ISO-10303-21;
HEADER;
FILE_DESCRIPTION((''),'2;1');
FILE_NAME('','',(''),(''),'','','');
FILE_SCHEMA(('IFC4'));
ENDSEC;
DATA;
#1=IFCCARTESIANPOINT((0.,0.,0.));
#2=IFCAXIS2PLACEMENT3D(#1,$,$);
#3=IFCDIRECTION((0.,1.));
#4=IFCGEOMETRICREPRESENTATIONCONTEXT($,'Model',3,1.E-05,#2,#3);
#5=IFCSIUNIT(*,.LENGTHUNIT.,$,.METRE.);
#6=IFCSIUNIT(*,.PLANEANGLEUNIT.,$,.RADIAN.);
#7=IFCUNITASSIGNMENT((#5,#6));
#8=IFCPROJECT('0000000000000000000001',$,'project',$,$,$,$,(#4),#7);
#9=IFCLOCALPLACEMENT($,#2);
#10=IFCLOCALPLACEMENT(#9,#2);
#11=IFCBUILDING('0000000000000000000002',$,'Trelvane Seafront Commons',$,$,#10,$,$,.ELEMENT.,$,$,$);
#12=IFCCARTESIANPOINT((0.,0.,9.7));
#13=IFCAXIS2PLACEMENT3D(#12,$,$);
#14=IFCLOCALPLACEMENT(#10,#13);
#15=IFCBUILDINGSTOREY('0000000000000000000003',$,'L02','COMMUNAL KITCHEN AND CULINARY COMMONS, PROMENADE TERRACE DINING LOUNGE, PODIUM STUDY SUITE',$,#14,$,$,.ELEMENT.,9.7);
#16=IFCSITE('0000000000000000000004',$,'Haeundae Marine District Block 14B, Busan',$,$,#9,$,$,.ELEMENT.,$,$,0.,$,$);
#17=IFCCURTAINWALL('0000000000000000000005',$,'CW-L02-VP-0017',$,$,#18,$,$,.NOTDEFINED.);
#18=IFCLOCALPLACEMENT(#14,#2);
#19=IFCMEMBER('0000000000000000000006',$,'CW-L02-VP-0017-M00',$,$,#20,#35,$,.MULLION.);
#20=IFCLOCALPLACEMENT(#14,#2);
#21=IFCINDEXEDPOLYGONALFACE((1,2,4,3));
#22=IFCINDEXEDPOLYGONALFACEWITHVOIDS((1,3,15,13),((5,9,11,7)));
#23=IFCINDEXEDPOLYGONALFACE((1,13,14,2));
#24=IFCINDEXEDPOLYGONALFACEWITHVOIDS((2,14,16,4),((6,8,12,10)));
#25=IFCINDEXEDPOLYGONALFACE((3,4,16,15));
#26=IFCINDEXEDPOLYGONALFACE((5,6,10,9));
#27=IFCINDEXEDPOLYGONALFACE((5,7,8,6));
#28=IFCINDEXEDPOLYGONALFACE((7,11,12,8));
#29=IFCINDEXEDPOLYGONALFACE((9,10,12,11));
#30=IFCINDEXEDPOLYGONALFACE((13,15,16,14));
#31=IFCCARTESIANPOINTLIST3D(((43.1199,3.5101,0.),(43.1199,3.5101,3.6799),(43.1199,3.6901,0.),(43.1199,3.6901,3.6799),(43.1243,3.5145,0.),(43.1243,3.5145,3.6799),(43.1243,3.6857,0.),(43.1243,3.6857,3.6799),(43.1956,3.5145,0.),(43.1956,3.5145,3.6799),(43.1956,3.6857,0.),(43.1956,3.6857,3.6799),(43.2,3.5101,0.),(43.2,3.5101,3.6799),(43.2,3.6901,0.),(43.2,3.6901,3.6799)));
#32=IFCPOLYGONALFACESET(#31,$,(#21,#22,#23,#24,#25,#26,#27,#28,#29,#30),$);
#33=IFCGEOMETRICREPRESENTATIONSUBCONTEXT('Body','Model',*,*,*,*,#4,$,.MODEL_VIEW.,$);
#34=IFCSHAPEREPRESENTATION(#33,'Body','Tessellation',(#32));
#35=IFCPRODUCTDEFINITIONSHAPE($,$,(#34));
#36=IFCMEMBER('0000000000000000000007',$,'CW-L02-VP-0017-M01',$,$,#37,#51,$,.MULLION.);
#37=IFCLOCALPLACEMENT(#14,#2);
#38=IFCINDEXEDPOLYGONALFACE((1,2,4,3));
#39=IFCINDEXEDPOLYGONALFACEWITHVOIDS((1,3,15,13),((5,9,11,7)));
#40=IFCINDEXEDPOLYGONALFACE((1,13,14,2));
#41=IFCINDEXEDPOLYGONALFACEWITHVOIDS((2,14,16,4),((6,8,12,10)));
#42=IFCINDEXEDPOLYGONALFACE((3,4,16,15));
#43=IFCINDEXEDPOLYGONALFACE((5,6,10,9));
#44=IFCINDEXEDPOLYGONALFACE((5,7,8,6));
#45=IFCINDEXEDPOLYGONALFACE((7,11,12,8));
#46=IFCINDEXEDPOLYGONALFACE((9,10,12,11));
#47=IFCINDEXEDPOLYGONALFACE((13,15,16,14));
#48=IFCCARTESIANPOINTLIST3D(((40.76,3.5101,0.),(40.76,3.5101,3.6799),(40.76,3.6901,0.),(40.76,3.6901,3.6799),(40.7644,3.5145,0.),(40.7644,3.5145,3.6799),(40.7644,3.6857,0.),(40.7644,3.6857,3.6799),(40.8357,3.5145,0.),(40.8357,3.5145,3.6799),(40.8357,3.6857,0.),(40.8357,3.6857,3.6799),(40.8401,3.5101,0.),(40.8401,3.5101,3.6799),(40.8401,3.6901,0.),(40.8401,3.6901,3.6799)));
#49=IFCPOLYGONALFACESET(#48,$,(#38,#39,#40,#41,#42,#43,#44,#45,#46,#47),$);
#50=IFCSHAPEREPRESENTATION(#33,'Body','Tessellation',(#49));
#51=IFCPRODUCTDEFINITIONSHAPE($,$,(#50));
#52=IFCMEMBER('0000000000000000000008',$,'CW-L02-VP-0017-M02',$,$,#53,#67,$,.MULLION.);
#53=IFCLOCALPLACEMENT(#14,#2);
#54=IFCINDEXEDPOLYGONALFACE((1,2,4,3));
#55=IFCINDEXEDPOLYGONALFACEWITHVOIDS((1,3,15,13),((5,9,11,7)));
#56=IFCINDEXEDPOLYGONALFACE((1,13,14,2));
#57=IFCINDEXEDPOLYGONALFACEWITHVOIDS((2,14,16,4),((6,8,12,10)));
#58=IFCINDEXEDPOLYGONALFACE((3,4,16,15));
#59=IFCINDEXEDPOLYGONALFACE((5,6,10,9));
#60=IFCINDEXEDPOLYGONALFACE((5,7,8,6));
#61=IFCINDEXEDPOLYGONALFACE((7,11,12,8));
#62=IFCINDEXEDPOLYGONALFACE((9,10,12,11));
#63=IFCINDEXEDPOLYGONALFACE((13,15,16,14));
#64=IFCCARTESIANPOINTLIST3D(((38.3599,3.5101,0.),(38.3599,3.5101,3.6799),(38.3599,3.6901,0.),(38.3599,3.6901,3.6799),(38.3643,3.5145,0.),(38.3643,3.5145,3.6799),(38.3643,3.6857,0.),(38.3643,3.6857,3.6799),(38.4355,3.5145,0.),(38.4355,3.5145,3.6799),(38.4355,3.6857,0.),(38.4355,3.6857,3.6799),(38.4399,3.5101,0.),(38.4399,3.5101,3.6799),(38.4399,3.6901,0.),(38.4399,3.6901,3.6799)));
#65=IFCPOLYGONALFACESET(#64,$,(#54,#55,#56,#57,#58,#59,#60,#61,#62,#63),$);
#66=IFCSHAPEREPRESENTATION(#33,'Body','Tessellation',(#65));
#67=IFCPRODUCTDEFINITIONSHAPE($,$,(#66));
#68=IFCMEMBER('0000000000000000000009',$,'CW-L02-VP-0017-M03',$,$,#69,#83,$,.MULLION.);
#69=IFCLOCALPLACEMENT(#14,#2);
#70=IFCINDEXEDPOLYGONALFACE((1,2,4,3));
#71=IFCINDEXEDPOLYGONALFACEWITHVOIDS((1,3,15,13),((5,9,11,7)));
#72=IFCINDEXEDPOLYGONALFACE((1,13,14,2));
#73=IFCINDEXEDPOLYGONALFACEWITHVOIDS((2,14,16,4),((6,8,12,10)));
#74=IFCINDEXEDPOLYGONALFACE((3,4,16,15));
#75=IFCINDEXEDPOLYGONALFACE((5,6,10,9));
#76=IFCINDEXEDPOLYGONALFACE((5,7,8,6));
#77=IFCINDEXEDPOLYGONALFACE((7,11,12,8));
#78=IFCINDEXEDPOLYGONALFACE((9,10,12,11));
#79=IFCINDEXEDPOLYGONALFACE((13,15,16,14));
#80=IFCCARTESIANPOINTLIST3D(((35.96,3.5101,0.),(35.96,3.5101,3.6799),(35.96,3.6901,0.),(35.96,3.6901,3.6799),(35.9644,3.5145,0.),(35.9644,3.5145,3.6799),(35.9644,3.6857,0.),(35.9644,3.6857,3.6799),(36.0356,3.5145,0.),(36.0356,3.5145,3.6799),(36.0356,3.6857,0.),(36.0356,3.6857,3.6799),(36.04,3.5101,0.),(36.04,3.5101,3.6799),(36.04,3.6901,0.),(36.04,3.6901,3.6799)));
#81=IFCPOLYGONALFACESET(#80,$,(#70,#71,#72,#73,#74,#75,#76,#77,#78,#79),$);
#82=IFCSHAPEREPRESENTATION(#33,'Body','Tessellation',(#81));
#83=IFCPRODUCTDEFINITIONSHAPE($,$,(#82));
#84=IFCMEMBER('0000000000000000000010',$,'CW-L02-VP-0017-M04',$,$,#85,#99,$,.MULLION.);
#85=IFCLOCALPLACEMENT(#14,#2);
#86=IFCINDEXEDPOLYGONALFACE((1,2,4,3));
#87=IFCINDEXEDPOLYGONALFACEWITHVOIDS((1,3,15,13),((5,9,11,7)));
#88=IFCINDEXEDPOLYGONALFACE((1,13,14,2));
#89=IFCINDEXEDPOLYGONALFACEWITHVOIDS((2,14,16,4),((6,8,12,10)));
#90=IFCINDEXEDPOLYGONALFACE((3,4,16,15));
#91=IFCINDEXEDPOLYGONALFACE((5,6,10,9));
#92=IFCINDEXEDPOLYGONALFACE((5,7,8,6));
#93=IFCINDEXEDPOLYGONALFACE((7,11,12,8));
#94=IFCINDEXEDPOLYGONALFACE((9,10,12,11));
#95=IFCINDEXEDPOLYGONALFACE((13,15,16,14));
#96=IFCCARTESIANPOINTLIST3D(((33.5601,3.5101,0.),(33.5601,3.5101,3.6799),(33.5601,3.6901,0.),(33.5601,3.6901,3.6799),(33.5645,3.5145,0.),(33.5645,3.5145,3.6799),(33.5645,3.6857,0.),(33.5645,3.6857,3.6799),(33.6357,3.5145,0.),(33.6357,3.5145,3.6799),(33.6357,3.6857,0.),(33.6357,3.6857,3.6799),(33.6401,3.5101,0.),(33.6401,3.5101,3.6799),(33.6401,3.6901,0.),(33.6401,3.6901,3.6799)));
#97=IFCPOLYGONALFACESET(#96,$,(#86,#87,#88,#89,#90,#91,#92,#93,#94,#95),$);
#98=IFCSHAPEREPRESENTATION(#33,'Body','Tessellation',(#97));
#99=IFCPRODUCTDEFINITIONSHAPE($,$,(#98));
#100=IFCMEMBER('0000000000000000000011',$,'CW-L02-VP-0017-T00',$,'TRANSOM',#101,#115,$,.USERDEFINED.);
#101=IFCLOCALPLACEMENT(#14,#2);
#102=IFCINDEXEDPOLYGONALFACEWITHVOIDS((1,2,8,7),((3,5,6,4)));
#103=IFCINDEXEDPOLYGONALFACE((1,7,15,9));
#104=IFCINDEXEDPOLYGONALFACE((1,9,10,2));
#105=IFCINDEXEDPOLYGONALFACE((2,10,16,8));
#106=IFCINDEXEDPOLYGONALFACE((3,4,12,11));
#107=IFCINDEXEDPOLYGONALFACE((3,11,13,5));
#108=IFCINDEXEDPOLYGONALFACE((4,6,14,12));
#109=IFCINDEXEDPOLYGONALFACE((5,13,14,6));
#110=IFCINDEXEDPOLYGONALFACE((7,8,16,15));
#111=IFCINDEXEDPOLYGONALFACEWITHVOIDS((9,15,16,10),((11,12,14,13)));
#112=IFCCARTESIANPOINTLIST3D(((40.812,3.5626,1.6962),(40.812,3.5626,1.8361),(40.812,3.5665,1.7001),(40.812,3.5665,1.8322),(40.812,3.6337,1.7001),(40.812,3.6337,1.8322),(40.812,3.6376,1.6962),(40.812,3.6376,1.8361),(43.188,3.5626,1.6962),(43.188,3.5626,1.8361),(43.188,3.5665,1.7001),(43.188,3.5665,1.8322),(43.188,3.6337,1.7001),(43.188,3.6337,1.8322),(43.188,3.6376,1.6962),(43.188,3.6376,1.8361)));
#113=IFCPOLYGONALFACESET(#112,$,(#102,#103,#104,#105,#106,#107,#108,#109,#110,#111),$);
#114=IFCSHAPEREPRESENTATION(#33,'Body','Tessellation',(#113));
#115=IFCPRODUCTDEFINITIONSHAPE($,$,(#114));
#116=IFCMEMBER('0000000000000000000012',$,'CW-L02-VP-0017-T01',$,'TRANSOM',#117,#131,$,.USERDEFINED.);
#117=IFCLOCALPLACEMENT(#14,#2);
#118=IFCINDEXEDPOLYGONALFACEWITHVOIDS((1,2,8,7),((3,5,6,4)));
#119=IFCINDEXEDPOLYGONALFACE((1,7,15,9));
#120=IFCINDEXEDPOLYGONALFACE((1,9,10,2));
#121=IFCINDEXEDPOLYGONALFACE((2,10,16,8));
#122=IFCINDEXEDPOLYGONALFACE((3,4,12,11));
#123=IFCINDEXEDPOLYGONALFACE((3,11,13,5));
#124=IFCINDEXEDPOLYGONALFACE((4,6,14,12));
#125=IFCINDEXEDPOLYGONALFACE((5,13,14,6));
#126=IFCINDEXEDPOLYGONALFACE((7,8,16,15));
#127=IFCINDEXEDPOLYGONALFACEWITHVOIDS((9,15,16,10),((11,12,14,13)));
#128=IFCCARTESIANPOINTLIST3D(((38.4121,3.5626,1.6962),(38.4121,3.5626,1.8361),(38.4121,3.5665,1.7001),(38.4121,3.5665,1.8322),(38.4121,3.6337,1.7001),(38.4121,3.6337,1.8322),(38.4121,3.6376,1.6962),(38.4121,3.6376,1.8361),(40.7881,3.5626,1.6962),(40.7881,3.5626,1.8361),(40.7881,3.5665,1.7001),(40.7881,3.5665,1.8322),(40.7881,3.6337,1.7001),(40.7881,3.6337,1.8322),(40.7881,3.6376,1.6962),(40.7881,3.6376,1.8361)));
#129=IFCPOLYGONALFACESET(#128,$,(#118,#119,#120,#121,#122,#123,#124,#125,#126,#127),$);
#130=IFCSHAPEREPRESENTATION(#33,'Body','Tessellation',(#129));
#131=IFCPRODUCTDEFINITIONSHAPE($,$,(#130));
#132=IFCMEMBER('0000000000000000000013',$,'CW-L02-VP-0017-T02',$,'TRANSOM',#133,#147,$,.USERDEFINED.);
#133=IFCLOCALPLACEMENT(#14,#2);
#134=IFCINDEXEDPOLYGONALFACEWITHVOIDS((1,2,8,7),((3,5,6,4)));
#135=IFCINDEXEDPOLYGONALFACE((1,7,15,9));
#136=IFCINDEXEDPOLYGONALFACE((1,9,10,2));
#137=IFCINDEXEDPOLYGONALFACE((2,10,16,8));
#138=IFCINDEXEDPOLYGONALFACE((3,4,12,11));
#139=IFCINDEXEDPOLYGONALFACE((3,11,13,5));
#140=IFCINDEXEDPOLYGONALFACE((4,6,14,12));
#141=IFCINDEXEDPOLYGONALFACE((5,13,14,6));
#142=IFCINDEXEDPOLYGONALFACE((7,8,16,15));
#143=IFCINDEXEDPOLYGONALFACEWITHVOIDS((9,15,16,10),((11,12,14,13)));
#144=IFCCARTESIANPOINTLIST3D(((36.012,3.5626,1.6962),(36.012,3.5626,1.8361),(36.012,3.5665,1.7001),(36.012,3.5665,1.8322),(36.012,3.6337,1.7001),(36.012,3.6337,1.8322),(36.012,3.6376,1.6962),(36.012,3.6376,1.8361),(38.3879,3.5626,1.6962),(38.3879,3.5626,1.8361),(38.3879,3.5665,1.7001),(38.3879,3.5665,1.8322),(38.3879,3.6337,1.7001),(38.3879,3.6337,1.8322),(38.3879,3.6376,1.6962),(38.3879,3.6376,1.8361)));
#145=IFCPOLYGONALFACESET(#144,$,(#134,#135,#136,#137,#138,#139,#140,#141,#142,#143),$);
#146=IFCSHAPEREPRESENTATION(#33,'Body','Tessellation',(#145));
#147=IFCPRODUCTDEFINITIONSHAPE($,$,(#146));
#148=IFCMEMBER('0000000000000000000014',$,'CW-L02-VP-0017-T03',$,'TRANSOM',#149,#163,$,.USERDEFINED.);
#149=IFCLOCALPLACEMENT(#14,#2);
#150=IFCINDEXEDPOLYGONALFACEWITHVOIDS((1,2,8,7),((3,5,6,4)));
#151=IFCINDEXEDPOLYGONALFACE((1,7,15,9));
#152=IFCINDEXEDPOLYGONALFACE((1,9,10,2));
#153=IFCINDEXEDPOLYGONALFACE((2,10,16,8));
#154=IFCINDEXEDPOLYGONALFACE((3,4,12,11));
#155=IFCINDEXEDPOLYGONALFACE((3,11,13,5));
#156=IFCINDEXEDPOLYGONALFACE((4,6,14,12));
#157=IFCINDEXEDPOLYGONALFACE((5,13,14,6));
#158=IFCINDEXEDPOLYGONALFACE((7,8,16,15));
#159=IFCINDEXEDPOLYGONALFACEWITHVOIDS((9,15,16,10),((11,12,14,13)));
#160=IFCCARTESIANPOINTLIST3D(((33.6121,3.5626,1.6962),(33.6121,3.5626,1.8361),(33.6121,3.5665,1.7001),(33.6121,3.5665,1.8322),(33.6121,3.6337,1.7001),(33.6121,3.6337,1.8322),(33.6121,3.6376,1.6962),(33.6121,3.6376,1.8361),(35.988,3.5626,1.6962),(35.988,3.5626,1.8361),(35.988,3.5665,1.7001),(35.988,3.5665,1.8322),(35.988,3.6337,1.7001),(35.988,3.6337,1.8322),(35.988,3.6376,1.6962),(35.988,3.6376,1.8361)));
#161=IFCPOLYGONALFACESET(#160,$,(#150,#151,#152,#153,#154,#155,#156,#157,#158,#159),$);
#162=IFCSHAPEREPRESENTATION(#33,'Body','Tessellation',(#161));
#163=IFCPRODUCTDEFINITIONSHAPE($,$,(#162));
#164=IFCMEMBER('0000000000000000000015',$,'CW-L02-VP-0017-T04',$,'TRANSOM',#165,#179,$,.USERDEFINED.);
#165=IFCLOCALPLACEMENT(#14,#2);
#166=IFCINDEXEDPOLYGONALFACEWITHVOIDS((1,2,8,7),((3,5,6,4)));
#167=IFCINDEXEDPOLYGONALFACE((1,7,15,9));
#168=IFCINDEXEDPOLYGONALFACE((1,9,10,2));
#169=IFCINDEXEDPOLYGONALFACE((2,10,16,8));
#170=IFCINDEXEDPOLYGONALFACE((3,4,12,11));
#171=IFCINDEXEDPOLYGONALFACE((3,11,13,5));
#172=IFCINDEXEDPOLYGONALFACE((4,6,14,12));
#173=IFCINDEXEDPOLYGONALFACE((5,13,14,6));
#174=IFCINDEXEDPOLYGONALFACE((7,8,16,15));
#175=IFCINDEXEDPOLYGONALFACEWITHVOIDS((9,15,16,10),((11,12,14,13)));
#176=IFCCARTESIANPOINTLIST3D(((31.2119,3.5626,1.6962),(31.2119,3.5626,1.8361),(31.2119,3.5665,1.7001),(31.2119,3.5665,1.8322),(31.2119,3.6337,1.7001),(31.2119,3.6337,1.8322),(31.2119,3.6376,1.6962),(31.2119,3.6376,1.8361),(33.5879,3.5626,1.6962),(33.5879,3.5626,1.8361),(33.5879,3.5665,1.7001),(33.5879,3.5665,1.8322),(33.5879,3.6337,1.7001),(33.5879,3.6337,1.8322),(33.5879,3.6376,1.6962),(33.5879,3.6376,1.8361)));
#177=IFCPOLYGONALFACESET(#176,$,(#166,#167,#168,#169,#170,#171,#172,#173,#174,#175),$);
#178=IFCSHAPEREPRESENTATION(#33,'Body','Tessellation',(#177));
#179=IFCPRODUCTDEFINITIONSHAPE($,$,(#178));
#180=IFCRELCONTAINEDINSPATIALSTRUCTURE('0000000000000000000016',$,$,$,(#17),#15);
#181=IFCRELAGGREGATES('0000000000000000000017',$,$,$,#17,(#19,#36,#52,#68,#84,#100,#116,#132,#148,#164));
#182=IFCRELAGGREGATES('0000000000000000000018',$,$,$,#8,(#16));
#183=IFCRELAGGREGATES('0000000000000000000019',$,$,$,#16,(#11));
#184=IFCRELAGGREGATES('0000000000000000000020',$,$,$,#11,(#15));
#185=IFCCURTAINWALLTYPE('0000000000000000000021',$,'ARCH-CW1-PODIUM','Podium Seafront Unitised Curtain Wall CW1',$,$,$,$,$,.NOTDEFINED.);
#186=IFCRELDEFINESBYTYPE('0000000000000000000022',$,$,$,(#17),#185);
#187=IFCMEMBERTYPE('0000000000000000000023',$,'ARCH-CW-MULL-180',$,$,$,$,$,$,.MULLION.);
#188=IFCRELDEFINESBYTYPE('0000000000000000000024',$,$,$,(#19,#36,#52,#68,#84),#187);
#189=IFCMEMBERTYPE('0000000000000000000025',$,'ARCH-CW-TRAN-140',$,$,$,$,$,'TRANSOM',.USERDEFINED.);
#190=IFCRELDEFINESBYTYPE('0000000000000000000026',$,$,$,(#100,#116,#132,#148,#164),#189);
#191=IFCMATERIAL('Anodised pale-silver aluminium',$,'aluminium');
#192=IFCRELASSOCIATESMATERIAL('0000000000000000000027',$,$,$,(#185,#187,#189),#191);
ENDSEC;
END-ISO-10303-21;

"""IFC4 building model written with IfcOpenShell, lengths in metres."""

from ifc_helpers import new_model, si_unit, direction, frame, origin, origin_2d, place, context, subcontext, project, spatial, hollow_rectangle, extrude, source, transform, mapped, material, material_profile, profile_set, type_object, element, aggregate, save


model = new_model("IFC4")

# Units and contexts
model_context = context("Model", 3, precision=1e-05, world=origin(), true_north=direction((0.0, 1.0)))
body_context = subcontext(model_context, "Body", "Model", "MODEL_VIEW")
ifc_project = project(units=[si_unit("LENGTHUNIT", "METRE"), si_unit("PLANEANGLEUNIT", "RADIAN")], contexts=[model_context])

# Site, building, storey
site_placement = place(None, origin())
site = spatial("IfcSite", under=ifc_project, at=site_placement, Name="Haeundae Marine District Block 14B, Busan", CompositionType="ELEMENT", RefElevation=0.0)
building_placement = place(site_placement, origin())
building = spatial("IfcBuilding", under=site, at=building_placement, Name="Trelvane Seafront Commons", CompositionType="ELEMENT")
storey_placement = place(building_placement, frame((0.0, 0.0, 9.7)))
storey = spatial("IfcBuildingStorey", under=building, at=storey_placement, Name="L02", Description="COMMUNAL KITCHEN AND CULINARY COMMONS, PROMENADE TERRACE DINING LOUNGE, PODIUM STUDY SUITE", CompositionType="ELEMENT", Elevation=9.7)

# Curtain wall, members
ifc_material_1 = material(Name="Anodised pale-silver aluminium", Category="aluminium")
curtain_wall_type = type_object("IfcCurtainWallType", Name="ARCH-CW1-PODIUM", Description="Podium Seafront Unitised Curtain Wall CW1", PredefinedType="NOTDEFINED", material=ifc_material_1)
curtain_wall_placement = place(storey_placement, origin())
curtain_wall = element("IfcCurtainWall", 1, at=curtain_wall_placement, inside=storey, type_object=curtain_wall_type, Name="CW-L02-VP-0017", PredefinedType="NOTDEFINED")
ifc_material_profile_1 = material_profile(ifc_material_1, hollow_rectangle(XDim=0.0801, YDim=0.1799, WallThickness=0.0044, at=origin_2d()), Name="MULL-80x180x4.5")
ifc_profile_set_1 = profile_set([ifc_material_profile_1], Name="Anodised pale-silver aluminium")
member_type_1 = type_object("IfcMemberType", Name="ARCH-CW-MULL-180", PredefinedType="MULLION", material=ifc_profile_set_1)
shared_shape_1 = source(origin(), body_context, "Body", "SweptSolid", [
    extrude(hollow_rectangle(XDim=0.0801, YDim=0.1799, WallThickness=0.0044, at=origin_2d()), origin(), (0.0, 0.0, 1.0), 3.6799),
])
member_1_placement = place(storey_placement, frame((43.1599, 3.6001, 0.0), z_axis=(0.0, 0.0, 1.0), x_axis=(1.0, 0.0, 0.0)))
member_1 = element("IfcMember", 2, at=member_1_placement, type_object=member_type_1, Name="CW-L02-VP-0017-M00", PredefinedType="MULLION", context=body_context, shape_type="MappedRepresentation", body=[
    mapped(shared_shape_1, transform((0.0, 0.0, 0.0), x_axis=(1.0, 0.0, 0.0), y_axis=(0.0, 1.0, 0.0), z_axis=(0.0, 0.0, 1.0), scale=1.0)),
])
member_2_placement = place(storey_placement, frame((40.8, 3.6001, 0.0), z_axis=(0.0, 0.0, 1.0), x_axis=(1.0, 0.0, 0.0)))
member_2 = element("IfcMember", 3, at=member_2_placement, type_object=member_type_1, Name="CW-L02-VP-0017-M01", PredefinedType="MULLION", context=body_context, shape_type="MappedRepresentation", body=[
    mapped(shared_shape_1, transform((0.0, 0.0, 0.0), x_axis=(1.0, 0.0, 0.0), y_axis=(0.0, 1.0, 0.0), z_axis=(0.0, 0.0, 1.0), scale=1.0)),
])
member_3_placement = place(storey_placement, frame((38.3999, 3.6001, 0.0), z_axis=(0.0, 0.0, 1.0), x_axis=(1.0, 0.0, 0.0)))
member_3 = element("IfcMember", 4, at=member_3_placement, type_object=member_type_1, Name="CW-L02-VP-0017-M02", PredefinedType="MULLION", context=body_context, shape_type="MappedRepresentation", body=[
    mapped(shared_shape_1, transform((0.0, 0.0, 0.0), x_axis=(1.0, 0.0, 0.0), y_axis=(0.0, 1.0, 0.0), z_axis=(0.0, 0.0, 1.0), scale=1.0)),
])
member_4_placement = place(storey_placement, frame((36.0, 3.6001, 0.0), z_axis=(0.0, 0.0, 1.0), x_axis=(1.0, 0.0, 0.0)))
member_4 = element("IfcMember", 5, at=member_4_placement, type_object=member_type_1, Name="CW-L02-VP-0017-M03", PredefinedType="MULLION", context=body_context, shape_type="MappedRepresentation", body=[
    mapped(shared_shape_1, transform((0.0, 0.0, 0.0), x_axis=(1.0, 0.0, 0.0), y_axis=(0.0, 1.0, 0.0), z_axis=(0.0, 0.0, 1.0), scale=1.0)),
])
member_5_placement = place(storey_placement, frame((33.6001, 3.6001, 0.0), z_axis=(0.0, 0.0, 1.0), x_axis=(1.0, 0.0, 0.0)))
member_5 = element("IfcMember", 6, at=member_5_placement, type_object=member_type_1, Name="CW-L02-VP-0017-M04", PredefinedType="MULLION", context=body_context, shape_type="MappedRepresentation", body=[
    mapped(shared_shape_1, transform((0.0, 0.0, 0.0), x_axis=(1.0, 0.0, 0.0), y_axis=(0.0, 1.0, 0.0), z_axis=(0.0, 0.0, 1.0), scale=1.0)),
])
ifc_material_profile_2 = material_profile(ifc_material_1, hollow_rectangle(XDim=0.075, YDim=0.1399, WallThickness=0.0039, at=origin_2d()), Name="TRAN-75x140x4")
ifc_profile_set_2 = profile_set([ifc_material_profile_2], Name="Anodised pale-silver aluminium")
member_type_2 = type_object("IfcMemberType", Name="ARCH-CW-TRAN-140", ElementType="TRANSOM", PredefinedType="USERDEFINED", material=ifc_profile_set_2)
shared_shape_2 = source(origin(), body_context, "Body", "SweptSolid", [
    extrude(hollow_rectangle(XDim=0.075, YDim=0.1399, WallThickness=0.0039, at=origin_2d()), origin(), (0.0, 0.0, 1.0), 2.376),
])
member_6_placement = place(storey_placement, frame((43.188, 3.6001, 1.7661), z_axis=(-1.0, 0.0, 0.0), x_axis=(0.0, -1.0, 0.0)))
member_6 = element("IfcMember", 7, at=member_6_placement, type_object=member_type_2, Name="CW-L02-VP-0017-T00", ObjectType="TRANSOM", PredefinedType="USERDEFINED", context=body_context, shape_type="MappedRepresentation", body=[
    mapped(shared_shape_2, transform((0.0, 0.0, 0.0), x_axis=(1.0, 0.0, 0.0), y_axis=(0.0, 1.0, 0.0), z_axis=(0.0, 0.0, 1.0), scale=1.0)),
])
member_7_placement = place(storey_placement, frame((40.7881, 3.6001, 1.7661), z_axis=(-1.0, 0.0, 0.0), x_axis=(0.0, -1.0, 0.0)))
member_7 = element("IfcMember", 8, at=member_7_placement, type_object=member_type_2, Name="CW-L02-VP-0017-T01", ObjectType="TRANSOM", PredefinedType="USERDEFINED", context=body_context, shape_type="MappedRepresentation", body=[
    mapped(shared_shape_2, transform((0.0, 0.0, 0.0), x_axis=(1.0, 0.0, 0.0), y_axis=(0.0, 1.0, 0.0), z_axis=(0.0, 0.0, 1.0), scale=1.0)),
])
member_8_placement = place(storey_placement, frame((38.3879, 3.6001, 1.7661), z_axis=(-1.0, 0.0, 0.0), x_axis=(0.0, -1.0, 0.0)))
member_8 = element("IfcMember", 9, at=member_8_placement, type_object=member_type_2, Name="CW-L02-VP-0017-T02", ObjectType="TRANSOM", PredefinedType="USERDEFINED", context=body_context, shape_type="MappedRepresentation", body=[
    mapped(shared_shape_2, transform((0.0, 0.0, 0.0), x_axis=(1.0, 0.0, 0.0), y_axis=(0.0, 1.0, 0.0), z_axis=(0.0, 0.0, 1.0), scale=1.0)),
])
member_9_placement = place(storey_placement, frame((35.988, 3.6001, 1.7661), z_axis=(-1.0, 0.0, 0.0), x_axis=(0.0, -1.0, 0.0)))
member_9 = element("IfcMember", 10, at=member_9_placement, type_object=member_type_2, Name="CW-L02-VP-0017-T03", ObjectType="TRANSOM", PredefinedType="USERDEFINED", context=body_context, shape_type="MappedRepresentation", body=[
    mapped(shared_shape_2, transform((0.0, 0.0, 0.0), x_axis=(1.0, 0.0, 0.0), y_axis=(0.0, 1.0, 0.0), z_axis=(0.0, 0.0, 1.0), scale=1.0)),
])
member_10_placement = place(storey_placement, frame((33.5879, 3.6001, 1.7661), z_axis=(-1.0, 0.0, 0.0), x_axis=(0.0, -1.0, 0.0)))
member_10 = element("IfcMember", 11, at=member_10_placement, type_object=member_type_2, Name="CW-L02-VP-0017-T04", ObjectType="TRANSOM", PredefinedType="USERDEFINED", context=body_context, shape_type="MappedRepresentation", body=[
    mapped(shared_shape_2, transform((0.0, 0.0, 0.0), x_axis=(1.0, 0.0, 0.0), y_axis=(0.0, 1.0, 0.0), z_axis=(0.0, 0.0, 1.0), scale=1.0)),
])

aggregate(curtain_wall, [member_1, member_2, member_3, member_4, member_5, member_6, member_7, member_8, member_9, member_10])

save(model, "model.ifc")
